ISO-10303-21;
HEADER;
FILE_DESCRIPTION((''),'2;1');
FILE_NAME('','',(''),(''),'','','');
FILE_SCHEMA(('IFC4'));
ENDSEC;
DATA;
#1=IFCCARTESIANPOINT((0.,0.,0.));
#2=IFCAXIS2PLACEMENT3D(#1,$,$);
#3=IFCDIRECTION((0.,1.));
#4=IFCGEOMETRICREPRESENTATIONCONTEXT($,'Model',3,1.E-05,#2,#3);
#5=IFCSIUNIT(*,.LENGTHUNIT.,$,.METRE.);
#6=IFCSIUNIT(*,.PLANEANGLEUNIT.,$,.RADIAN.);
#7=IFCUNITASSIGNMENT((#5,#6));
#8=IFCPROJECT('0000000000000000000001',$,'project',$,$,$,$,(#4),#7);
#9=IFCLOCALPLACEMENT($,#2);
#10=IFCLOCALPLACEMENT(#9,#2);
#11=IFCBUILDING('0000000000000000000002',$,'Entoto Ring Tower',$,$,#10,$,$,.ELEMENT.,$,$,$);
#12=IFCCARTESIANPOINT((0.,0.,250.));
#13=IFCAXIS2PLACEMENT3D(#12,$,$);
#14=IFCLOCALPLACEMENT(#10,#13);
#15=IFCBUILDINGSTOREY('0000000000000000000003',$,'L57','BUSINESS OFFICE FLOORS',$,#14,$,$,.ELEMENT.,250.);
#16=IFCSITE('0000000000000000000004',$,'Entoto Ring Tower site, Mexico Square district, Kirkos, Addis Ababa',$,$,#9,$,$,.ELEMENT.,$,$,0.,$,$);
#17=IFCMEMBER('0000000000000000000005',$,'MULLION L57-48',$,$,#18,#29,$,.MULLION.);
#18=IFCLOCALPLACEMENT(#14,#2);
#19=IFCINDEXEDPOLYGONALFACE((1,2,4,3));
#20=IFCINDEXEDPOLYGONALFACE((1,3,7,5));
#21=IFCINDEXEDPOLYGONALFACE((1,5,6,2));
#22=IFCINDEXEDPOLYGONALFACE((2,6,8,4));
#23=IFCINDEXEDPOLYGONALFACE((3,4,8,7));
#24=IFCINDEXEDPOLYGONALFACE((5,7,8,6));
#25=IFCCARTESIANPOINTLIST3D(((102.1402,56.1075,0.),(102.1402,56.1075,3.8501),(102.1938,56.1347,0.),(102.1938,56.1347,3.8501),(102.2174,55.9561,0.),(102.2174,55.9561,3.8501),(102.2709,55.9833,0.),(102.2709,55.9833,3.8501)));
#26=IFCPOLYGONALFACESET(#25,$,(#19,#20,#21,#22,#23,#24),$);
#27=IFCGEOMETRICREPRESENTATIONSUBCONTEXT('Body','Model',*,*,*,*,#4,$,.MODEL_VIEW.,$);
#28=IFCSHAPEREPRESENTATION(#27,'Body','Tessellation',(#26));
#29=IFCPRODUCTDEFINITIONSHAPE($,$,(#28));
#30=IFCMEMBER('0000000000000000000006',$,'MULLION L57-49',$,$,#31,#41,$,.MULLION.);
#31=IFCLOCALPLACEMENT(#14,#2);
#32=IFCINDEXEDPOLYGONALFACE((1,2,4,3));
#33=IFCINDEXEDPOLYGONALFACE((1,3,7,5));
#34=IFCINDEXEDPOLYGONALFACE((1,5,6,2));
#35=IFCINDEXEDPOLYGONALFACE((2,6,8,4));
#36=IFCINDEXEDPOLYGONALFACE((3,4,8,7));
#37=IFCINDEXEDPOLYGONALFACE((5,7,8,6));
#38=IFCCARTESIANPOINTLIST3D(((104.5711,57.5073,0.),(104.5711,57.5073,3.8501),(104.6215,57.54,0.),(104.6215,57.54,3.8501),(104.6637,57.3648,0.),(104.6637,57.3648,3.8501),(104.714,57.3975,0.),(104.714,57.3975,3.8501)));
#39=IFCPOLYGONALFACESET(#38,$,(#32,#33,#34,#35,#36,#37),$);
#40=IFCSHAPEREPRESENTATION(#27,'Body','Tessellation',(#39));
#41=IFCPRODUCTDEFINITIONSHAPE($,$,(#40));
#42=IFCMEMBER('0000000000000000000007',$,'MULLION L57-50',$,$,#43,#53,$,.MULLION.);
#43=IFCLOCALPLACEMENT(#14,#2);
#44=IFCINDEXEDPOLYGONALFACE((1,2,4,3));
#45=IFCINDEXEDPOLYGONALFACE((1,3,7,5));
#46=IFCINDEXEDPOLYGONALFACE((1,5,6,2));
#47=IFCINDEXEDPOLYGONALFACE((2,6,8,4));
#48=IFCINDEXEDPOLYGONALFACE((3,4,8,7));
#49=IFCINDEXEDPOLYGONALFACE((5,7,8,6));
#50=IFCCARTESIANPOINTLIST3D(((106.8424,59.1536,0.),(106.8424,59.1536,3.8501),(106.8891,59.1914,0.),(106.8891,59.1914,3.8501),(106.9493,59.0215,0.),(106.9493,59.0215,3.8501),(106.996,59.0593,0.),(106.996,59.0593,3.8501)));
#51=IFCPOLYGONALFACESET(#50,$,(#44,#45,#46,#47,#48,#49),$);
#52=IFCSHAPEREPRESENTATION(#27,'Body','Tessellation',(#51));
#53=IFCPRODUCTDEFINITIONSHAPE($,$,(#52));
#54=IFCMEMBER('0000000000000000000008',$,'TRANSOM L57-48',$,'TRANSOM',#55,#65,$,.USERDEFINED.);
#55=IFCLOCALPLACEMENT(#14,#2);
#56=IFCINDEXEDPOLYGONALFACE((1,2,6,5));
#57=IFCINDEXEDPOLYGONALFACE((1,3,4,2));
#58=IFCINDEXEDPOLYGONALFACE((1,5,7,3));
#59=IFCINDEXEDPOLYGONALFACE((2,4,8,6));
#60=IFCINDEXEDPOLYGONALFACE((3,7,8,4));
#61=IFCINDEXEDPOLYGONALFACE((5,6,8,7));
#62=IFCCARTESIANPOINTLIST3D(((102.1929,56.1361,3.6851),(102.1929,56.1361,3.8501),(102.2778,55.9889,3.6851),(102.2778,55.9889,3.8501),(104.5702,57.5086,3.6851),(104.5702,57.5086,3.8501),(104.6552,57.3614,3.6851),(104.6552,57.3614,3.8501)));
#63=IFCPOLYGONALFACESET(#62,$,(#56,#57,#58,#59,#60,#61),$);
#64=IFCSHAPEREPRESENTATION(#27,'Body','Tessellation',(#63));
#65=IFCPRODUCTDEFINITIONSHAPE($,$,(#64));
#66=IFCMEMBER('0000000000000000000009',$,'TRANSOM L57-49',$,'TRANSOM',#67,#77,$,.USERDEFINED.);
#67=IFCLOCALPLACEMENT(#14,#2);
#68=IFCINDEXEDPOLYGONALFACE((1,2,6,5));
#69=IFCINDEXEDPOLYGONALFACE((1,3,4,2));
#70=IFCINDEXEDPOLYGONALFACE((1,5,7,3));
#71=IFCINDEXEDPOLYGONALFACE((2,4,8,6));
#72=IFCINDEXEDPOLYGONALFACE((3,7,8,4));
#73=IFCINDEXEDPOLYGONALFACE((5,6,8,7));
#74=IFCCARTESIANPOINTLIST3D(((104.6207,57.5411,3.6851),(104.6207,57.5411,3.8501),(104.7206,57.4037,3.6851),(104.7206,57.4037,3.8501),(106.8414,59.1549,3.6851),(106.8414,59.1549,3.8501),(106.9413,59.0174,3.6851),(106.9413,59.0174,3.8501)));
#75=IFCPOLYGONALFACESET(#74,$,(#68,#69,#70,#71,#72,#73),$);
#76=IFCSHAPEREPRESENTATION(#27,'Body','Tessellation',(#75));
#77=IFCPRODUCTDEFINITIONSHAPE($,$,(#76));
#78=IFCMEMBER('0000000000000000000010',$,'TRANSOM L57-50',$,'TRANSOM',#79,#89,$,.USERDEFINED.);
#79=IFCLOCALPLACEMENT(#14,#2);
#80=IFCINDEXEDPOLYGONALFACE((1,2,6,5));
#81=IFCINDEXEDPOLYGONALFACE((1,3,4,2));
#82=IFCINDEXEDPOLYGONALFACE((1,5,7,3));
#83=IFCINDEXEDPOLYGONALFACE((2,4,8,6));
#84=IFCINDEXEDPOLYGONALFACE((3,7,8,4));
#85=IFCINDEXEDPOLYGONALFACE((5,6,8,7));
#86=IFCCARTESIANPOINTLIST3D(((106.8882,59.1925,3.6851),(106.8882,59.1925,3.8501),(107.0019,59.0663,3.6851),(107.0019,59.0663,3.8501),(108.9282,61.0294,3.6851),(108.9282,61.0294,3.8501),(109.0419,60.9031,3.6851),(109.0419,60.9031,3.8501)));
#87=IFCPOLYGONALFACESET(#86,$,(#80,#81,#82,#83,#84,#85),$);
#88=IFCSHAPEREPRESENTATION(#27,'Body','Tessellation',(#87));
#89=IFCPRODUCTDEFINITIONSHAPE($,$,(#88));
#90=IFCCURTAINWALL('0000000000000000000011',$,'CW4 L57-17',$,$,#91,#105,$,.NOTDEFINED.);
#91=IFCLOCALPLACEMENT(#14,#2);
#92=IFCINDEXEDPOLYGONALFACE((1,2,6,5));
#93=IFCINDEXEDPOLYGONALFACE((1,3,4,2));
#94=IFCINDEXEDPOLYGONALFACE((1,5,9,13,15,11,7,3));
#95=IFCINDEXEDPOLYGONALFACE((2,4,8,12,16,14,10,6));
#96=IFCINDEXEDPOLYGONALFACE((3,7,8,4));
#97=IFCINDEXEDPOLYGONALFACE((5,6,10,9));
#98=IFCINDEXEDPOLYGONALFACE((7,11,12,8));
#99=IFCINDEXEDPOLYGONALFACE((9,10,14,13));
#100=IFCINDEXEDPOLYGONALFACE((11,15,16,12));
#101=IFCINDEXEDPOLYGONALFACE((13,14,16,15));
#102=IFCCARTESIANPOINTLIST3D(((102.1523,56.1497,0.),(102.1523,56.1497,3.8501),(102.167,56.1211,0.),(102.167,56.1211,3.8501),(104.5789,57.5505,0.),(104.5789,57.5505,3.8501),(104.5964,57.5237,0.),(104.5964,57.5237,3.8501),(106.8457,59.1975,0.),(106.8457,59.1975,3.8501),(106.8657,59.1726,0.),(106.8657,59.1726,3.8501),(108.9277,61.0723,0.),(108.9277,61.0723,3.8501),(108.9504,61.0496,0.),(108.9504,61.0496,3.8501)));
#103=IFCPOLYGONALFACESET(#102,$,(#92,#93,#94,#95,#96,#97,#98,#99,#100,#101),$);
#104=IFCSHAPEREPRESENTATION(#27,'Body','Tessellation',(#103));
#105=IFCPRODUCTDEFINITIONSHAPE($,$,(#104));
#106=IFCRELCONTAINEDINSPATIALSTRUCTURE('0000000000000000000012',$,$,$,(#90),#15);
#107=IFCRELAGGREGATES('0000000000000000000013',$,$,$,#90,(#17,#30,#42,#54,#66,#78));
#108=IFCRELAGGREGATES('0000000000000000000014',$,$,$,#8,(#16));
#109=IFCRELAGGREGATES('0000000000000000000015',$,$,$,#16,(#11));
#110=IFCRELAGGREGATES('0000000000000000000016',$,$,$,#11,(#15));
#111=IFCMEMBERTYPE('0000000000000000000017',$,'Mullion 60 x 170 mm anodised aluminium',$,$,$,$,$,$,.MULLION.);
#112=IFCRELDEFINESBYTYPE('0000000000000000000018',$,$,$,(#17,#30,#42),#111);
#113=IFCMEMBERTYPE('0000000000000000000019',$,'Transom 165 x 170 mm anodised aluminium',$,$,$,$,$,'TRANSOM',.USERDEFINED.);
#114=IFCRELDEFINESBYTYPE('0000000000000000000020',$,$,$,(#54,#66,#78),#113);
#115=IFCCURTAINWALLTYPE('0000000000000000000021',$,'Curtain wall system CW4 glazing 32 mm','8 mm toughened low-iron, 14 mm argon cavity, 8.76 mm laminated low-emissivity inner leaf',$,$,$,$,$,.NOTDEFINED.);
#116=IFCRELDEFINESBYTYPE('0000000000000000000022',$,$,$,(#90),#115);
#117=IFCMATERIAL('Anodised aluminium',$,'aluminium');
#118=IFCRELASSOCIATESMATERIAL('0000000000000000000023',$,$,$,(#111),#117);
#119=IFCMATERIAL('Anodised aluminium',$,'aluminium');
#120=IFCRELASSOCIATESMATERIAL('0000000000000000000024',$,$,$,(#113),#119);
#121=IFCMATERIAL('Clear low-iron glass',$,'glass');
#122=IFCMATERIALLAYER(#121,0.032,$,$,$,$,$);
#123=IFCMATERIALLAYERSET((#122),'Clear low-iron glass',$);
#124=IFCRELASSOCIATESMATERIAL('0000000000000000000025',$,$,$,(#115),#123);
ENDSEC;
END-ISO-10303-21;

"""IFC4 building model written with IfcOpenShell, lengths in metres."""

from ifc_helpers import new_model, si_unit, direction, frame, origin, origin_2d, place, context, subcontext, project, spatial, polyline, rectangle, outline, extrude, material, layer, layer_set, material_profile, profile_set, type_object, element, aggregate, save


model = new_model("IFC4")

# Units and contexts
model_context = context("Model", 3, precision=1e-05, world=origin(), true_north=direction((0.0, 1.0)))
body_context = subcontext(model_context, "Body", "Model", "MODEL_VIEW")
ifc_project = project(units=[si_unit("LENGTHUNIT", "METRE"), si_unit("PLANEANGLEUNIT", "RADIAN")], contexts=[model_context])

# Members
ifc_material_1 = material(Name="Anodised aluminium", Category="aluminium")
ifc_material_profile_1 = material_profile(ifc_material_1, rectangle(XDim=0.0601, YDim=0.1699, at=origin_2d()), Name="Mullion 60 x 170 mm anodised aluminium")
ifc_profile_set_1 = profile_set([ifc_material_profile_1], Name="Anodised aluminium")
member_type_1 = type_object("IfcMemberType", Name="Mullion 60 x 170 mm anodised aluminium", PredefinedType="MULLION", material=ifc_profile_set_1)
site_placement = place(None, origin())
building_placement = place(site_placement, origin())
storey_placement = place(building_placement, frame((0.0, 0.0, 250.0)))
member_1_placement = place(storey_placement, frame((102.2056, 56.0454, 0.0), z_axis=(0.0, 0.0, 1.0), x_axis=(0.891007, 0.45399, 0.0)))
member_1 = element("IfcMember", 1, at=member_1_placement, type_object=member_type_1, Name="MULLION L57-48", PredefinedType="MULLION", context=body_context, shape_type="SweptSolid", body=[
    extrude(rectangle(XDim=0.0601, YDim=0.1699, at=origin_2d()), origin(), (0.0, 0.0, 1.0), 3.8501),
])
member_2_placement = place(storey_placement, frame((104.6426, 57.4524, 0.0), z_axis=(0.0, 0.0, 1.0), x_axis=(0.838671, 0.544639, 0.0)))
member_2 = element("IfcMember", 2, at=member_2_placement, type_object=member_type_1, Name="MULLION L57-49", PredefinedType="MULLION", context=body_context, shape_type="SweptSolid", body=[
    extrude(rectangle(XDim=0.0601, YDim=0.1699, at=origin_2d()), origin(), (0.0, 0.0, 1.0), 3.8501),
])
member_3_placement = place(storey_placement, frame((106.9192, 59.1064, 0.0), z_axis=(0.0, 0.0, 1.0), x_axis=(0.777146, 0.62932, 0.0)))
member_3 = element("IfcMember", 3, at=member_3_placement, type_object=member_type_1, Name="MULLION L57-50", PredefinedType="MULLION", context=body_context, shape_type="SweptSolid", body=[
    extrude(rectangle(XDim=0.0601, YDim=0.1699, at=origin_2d()), origin(), (0.0, 0.0, 1.0), 3.8501),
])
ifc_material_2 = material(Name="Anodised aluminium", Category="aluminium")
ifc_material_profile_2 = material_profile(ifc_material_2, rectangle(XDim=0.1699, YDim=0.165, at=origin_2d()), Name="Transom 165 x 170 mm anodised aluminium")
ifc_profile_set_2 = profile_set([ifc_material_profile_2], Name="Anodised aluminium")
member_type_2 = type_object("IfcMemberType", Name="Transom 165 x 170 mm anodised aluminium", ElementType="TRANSOM", PredefinedType="USERDEFINED", material=ifc_profile_set_2)
member_4_placement = place(storey_placement, frame((102.2354, 56.0625, 3.7676), z_axis=(0.866035, 0.499984, 0.0), x_axis=(-0.499984, 0.866035, 0.0)))
member_4 = element("IfcMember", 4, at=member_4_placement, type_object=member_type_2, Name="TRANSOM L57-48", ObjectType="TRANSOM", PredefinedType="USERDEFINED", context=body_context, shape_type="SweptSolid", body=[
    extrude(rectangle(XDim=0.1699, YDim=0.165, at=origin_2d()), origin(), (0.0, 0.0, 1.0), 2.7451),
])
member_5_placement = place(storey_placement, frame((104.6707, 57.4724, 3.7676), z_axis=(0.808959, 0.587865, 0.0), x_axis=(-0.587865, 0.808959, 0.0)))
member_5 = element("IfcMember", 5, at=member_5_placement, type_object=member_type_2, Name="TRANSOM L57-49", ObjectType="TRANSOM", PredefinedType="USERDEFINED", context=body_context, shape_type="SweptSolid", body=[
    extrude(rectangle(XDim=0.1699, YDim=0.165, at=origin_2d()), origin(), (0.0, 0.0, 1.0), 2.7451),
])
member_6_placement = place(storey_placement, frame((106.9451, 59.1294, 3.7676), z_axis=(0.743135, 0.669142, 0.0), x_axis=(-0.669142, 0.743135, 0.0)))
member_6 = element("IfcMember", 6, at=member_6_placement, type_object=member_type_2, Name="TRANSOM L57-50", ObjectType="TRANSOM", PredefinedType="USERDEFINED", context=body_context, shape_type="SweptSolid", body=[
    extrude(rectangle(XDim=0.1699, YDim=0.165, at=origin_2d()), origin(), (0.0, 0.0, 1.0), 2.7451),
])

# Site, building, storey
site = spatial("IfcSite", under=ifc_project, at=site_placement, Name="Entoto Ring Tower site, Mexico Square district, Kirkos, Addis Ababa", CompositionType="ELEMENT", RefElevation=0.0)
building = spatial("IfcBuilding", under=site, at=building_placement, Name="Entoto Ring Tower", CompositionType="ELEMENT")
storey = spatial("IfcBuildingStorey", under=building, at=storey_placement, Name="L57", Description="BUSINESS OFFICE FLOORS", CompositionType="ELEMENT", Elevation=250.0)

# Curtain wall
ifc_material_3 = material(Name="Clear low-iron glass", Category="glass")
ifc_layer = layer(ifc_material_3, 0.032)
ifc_layer_set = layer_set([ifc_layer], Name="Clear low-iron glass")
curtain_wall_type = type_object("IfcCurtainWallType", Name="Curtain wall system CW4 glazing 32 mm", Description="8 mm toughened low-iron, 14 mm argon cavity, 8.76 mm laminated low-emissivity inner leaf", PredefinedType="NOTDEFINED", material=ifc_layer_set)
curtain_wall_1_placement = place(storey_placement, origin())
curtain_wall_1 = element("IfcCurtainWall", 7, at=curtain_wall_1_placement, inside=storey, type_object=curtain_wall_type, Name="CW4 L57-17", PredefinedType="NOTDEFINED", context=body_context, shape_type="SweptSolid", body=[
    extrude(outline(polyline([(102.167, 56.1211), (104.5964, 57.5237), (106.8657, 59.1726), (108.9504, 61.0496), (108.9277, 61.0723), (106.8457, 59.1975), (104.5789, 57.5505), (102.1523, 56.1497), (102.167, 56.1211)])), origin(), (0.0, 0.0, 1.0), 3.8501),
])
aggregate(curtain_wall_1, [member_1, member_2, member_3, member_4, member_5, member_6])

save(model, "model.ifc")
